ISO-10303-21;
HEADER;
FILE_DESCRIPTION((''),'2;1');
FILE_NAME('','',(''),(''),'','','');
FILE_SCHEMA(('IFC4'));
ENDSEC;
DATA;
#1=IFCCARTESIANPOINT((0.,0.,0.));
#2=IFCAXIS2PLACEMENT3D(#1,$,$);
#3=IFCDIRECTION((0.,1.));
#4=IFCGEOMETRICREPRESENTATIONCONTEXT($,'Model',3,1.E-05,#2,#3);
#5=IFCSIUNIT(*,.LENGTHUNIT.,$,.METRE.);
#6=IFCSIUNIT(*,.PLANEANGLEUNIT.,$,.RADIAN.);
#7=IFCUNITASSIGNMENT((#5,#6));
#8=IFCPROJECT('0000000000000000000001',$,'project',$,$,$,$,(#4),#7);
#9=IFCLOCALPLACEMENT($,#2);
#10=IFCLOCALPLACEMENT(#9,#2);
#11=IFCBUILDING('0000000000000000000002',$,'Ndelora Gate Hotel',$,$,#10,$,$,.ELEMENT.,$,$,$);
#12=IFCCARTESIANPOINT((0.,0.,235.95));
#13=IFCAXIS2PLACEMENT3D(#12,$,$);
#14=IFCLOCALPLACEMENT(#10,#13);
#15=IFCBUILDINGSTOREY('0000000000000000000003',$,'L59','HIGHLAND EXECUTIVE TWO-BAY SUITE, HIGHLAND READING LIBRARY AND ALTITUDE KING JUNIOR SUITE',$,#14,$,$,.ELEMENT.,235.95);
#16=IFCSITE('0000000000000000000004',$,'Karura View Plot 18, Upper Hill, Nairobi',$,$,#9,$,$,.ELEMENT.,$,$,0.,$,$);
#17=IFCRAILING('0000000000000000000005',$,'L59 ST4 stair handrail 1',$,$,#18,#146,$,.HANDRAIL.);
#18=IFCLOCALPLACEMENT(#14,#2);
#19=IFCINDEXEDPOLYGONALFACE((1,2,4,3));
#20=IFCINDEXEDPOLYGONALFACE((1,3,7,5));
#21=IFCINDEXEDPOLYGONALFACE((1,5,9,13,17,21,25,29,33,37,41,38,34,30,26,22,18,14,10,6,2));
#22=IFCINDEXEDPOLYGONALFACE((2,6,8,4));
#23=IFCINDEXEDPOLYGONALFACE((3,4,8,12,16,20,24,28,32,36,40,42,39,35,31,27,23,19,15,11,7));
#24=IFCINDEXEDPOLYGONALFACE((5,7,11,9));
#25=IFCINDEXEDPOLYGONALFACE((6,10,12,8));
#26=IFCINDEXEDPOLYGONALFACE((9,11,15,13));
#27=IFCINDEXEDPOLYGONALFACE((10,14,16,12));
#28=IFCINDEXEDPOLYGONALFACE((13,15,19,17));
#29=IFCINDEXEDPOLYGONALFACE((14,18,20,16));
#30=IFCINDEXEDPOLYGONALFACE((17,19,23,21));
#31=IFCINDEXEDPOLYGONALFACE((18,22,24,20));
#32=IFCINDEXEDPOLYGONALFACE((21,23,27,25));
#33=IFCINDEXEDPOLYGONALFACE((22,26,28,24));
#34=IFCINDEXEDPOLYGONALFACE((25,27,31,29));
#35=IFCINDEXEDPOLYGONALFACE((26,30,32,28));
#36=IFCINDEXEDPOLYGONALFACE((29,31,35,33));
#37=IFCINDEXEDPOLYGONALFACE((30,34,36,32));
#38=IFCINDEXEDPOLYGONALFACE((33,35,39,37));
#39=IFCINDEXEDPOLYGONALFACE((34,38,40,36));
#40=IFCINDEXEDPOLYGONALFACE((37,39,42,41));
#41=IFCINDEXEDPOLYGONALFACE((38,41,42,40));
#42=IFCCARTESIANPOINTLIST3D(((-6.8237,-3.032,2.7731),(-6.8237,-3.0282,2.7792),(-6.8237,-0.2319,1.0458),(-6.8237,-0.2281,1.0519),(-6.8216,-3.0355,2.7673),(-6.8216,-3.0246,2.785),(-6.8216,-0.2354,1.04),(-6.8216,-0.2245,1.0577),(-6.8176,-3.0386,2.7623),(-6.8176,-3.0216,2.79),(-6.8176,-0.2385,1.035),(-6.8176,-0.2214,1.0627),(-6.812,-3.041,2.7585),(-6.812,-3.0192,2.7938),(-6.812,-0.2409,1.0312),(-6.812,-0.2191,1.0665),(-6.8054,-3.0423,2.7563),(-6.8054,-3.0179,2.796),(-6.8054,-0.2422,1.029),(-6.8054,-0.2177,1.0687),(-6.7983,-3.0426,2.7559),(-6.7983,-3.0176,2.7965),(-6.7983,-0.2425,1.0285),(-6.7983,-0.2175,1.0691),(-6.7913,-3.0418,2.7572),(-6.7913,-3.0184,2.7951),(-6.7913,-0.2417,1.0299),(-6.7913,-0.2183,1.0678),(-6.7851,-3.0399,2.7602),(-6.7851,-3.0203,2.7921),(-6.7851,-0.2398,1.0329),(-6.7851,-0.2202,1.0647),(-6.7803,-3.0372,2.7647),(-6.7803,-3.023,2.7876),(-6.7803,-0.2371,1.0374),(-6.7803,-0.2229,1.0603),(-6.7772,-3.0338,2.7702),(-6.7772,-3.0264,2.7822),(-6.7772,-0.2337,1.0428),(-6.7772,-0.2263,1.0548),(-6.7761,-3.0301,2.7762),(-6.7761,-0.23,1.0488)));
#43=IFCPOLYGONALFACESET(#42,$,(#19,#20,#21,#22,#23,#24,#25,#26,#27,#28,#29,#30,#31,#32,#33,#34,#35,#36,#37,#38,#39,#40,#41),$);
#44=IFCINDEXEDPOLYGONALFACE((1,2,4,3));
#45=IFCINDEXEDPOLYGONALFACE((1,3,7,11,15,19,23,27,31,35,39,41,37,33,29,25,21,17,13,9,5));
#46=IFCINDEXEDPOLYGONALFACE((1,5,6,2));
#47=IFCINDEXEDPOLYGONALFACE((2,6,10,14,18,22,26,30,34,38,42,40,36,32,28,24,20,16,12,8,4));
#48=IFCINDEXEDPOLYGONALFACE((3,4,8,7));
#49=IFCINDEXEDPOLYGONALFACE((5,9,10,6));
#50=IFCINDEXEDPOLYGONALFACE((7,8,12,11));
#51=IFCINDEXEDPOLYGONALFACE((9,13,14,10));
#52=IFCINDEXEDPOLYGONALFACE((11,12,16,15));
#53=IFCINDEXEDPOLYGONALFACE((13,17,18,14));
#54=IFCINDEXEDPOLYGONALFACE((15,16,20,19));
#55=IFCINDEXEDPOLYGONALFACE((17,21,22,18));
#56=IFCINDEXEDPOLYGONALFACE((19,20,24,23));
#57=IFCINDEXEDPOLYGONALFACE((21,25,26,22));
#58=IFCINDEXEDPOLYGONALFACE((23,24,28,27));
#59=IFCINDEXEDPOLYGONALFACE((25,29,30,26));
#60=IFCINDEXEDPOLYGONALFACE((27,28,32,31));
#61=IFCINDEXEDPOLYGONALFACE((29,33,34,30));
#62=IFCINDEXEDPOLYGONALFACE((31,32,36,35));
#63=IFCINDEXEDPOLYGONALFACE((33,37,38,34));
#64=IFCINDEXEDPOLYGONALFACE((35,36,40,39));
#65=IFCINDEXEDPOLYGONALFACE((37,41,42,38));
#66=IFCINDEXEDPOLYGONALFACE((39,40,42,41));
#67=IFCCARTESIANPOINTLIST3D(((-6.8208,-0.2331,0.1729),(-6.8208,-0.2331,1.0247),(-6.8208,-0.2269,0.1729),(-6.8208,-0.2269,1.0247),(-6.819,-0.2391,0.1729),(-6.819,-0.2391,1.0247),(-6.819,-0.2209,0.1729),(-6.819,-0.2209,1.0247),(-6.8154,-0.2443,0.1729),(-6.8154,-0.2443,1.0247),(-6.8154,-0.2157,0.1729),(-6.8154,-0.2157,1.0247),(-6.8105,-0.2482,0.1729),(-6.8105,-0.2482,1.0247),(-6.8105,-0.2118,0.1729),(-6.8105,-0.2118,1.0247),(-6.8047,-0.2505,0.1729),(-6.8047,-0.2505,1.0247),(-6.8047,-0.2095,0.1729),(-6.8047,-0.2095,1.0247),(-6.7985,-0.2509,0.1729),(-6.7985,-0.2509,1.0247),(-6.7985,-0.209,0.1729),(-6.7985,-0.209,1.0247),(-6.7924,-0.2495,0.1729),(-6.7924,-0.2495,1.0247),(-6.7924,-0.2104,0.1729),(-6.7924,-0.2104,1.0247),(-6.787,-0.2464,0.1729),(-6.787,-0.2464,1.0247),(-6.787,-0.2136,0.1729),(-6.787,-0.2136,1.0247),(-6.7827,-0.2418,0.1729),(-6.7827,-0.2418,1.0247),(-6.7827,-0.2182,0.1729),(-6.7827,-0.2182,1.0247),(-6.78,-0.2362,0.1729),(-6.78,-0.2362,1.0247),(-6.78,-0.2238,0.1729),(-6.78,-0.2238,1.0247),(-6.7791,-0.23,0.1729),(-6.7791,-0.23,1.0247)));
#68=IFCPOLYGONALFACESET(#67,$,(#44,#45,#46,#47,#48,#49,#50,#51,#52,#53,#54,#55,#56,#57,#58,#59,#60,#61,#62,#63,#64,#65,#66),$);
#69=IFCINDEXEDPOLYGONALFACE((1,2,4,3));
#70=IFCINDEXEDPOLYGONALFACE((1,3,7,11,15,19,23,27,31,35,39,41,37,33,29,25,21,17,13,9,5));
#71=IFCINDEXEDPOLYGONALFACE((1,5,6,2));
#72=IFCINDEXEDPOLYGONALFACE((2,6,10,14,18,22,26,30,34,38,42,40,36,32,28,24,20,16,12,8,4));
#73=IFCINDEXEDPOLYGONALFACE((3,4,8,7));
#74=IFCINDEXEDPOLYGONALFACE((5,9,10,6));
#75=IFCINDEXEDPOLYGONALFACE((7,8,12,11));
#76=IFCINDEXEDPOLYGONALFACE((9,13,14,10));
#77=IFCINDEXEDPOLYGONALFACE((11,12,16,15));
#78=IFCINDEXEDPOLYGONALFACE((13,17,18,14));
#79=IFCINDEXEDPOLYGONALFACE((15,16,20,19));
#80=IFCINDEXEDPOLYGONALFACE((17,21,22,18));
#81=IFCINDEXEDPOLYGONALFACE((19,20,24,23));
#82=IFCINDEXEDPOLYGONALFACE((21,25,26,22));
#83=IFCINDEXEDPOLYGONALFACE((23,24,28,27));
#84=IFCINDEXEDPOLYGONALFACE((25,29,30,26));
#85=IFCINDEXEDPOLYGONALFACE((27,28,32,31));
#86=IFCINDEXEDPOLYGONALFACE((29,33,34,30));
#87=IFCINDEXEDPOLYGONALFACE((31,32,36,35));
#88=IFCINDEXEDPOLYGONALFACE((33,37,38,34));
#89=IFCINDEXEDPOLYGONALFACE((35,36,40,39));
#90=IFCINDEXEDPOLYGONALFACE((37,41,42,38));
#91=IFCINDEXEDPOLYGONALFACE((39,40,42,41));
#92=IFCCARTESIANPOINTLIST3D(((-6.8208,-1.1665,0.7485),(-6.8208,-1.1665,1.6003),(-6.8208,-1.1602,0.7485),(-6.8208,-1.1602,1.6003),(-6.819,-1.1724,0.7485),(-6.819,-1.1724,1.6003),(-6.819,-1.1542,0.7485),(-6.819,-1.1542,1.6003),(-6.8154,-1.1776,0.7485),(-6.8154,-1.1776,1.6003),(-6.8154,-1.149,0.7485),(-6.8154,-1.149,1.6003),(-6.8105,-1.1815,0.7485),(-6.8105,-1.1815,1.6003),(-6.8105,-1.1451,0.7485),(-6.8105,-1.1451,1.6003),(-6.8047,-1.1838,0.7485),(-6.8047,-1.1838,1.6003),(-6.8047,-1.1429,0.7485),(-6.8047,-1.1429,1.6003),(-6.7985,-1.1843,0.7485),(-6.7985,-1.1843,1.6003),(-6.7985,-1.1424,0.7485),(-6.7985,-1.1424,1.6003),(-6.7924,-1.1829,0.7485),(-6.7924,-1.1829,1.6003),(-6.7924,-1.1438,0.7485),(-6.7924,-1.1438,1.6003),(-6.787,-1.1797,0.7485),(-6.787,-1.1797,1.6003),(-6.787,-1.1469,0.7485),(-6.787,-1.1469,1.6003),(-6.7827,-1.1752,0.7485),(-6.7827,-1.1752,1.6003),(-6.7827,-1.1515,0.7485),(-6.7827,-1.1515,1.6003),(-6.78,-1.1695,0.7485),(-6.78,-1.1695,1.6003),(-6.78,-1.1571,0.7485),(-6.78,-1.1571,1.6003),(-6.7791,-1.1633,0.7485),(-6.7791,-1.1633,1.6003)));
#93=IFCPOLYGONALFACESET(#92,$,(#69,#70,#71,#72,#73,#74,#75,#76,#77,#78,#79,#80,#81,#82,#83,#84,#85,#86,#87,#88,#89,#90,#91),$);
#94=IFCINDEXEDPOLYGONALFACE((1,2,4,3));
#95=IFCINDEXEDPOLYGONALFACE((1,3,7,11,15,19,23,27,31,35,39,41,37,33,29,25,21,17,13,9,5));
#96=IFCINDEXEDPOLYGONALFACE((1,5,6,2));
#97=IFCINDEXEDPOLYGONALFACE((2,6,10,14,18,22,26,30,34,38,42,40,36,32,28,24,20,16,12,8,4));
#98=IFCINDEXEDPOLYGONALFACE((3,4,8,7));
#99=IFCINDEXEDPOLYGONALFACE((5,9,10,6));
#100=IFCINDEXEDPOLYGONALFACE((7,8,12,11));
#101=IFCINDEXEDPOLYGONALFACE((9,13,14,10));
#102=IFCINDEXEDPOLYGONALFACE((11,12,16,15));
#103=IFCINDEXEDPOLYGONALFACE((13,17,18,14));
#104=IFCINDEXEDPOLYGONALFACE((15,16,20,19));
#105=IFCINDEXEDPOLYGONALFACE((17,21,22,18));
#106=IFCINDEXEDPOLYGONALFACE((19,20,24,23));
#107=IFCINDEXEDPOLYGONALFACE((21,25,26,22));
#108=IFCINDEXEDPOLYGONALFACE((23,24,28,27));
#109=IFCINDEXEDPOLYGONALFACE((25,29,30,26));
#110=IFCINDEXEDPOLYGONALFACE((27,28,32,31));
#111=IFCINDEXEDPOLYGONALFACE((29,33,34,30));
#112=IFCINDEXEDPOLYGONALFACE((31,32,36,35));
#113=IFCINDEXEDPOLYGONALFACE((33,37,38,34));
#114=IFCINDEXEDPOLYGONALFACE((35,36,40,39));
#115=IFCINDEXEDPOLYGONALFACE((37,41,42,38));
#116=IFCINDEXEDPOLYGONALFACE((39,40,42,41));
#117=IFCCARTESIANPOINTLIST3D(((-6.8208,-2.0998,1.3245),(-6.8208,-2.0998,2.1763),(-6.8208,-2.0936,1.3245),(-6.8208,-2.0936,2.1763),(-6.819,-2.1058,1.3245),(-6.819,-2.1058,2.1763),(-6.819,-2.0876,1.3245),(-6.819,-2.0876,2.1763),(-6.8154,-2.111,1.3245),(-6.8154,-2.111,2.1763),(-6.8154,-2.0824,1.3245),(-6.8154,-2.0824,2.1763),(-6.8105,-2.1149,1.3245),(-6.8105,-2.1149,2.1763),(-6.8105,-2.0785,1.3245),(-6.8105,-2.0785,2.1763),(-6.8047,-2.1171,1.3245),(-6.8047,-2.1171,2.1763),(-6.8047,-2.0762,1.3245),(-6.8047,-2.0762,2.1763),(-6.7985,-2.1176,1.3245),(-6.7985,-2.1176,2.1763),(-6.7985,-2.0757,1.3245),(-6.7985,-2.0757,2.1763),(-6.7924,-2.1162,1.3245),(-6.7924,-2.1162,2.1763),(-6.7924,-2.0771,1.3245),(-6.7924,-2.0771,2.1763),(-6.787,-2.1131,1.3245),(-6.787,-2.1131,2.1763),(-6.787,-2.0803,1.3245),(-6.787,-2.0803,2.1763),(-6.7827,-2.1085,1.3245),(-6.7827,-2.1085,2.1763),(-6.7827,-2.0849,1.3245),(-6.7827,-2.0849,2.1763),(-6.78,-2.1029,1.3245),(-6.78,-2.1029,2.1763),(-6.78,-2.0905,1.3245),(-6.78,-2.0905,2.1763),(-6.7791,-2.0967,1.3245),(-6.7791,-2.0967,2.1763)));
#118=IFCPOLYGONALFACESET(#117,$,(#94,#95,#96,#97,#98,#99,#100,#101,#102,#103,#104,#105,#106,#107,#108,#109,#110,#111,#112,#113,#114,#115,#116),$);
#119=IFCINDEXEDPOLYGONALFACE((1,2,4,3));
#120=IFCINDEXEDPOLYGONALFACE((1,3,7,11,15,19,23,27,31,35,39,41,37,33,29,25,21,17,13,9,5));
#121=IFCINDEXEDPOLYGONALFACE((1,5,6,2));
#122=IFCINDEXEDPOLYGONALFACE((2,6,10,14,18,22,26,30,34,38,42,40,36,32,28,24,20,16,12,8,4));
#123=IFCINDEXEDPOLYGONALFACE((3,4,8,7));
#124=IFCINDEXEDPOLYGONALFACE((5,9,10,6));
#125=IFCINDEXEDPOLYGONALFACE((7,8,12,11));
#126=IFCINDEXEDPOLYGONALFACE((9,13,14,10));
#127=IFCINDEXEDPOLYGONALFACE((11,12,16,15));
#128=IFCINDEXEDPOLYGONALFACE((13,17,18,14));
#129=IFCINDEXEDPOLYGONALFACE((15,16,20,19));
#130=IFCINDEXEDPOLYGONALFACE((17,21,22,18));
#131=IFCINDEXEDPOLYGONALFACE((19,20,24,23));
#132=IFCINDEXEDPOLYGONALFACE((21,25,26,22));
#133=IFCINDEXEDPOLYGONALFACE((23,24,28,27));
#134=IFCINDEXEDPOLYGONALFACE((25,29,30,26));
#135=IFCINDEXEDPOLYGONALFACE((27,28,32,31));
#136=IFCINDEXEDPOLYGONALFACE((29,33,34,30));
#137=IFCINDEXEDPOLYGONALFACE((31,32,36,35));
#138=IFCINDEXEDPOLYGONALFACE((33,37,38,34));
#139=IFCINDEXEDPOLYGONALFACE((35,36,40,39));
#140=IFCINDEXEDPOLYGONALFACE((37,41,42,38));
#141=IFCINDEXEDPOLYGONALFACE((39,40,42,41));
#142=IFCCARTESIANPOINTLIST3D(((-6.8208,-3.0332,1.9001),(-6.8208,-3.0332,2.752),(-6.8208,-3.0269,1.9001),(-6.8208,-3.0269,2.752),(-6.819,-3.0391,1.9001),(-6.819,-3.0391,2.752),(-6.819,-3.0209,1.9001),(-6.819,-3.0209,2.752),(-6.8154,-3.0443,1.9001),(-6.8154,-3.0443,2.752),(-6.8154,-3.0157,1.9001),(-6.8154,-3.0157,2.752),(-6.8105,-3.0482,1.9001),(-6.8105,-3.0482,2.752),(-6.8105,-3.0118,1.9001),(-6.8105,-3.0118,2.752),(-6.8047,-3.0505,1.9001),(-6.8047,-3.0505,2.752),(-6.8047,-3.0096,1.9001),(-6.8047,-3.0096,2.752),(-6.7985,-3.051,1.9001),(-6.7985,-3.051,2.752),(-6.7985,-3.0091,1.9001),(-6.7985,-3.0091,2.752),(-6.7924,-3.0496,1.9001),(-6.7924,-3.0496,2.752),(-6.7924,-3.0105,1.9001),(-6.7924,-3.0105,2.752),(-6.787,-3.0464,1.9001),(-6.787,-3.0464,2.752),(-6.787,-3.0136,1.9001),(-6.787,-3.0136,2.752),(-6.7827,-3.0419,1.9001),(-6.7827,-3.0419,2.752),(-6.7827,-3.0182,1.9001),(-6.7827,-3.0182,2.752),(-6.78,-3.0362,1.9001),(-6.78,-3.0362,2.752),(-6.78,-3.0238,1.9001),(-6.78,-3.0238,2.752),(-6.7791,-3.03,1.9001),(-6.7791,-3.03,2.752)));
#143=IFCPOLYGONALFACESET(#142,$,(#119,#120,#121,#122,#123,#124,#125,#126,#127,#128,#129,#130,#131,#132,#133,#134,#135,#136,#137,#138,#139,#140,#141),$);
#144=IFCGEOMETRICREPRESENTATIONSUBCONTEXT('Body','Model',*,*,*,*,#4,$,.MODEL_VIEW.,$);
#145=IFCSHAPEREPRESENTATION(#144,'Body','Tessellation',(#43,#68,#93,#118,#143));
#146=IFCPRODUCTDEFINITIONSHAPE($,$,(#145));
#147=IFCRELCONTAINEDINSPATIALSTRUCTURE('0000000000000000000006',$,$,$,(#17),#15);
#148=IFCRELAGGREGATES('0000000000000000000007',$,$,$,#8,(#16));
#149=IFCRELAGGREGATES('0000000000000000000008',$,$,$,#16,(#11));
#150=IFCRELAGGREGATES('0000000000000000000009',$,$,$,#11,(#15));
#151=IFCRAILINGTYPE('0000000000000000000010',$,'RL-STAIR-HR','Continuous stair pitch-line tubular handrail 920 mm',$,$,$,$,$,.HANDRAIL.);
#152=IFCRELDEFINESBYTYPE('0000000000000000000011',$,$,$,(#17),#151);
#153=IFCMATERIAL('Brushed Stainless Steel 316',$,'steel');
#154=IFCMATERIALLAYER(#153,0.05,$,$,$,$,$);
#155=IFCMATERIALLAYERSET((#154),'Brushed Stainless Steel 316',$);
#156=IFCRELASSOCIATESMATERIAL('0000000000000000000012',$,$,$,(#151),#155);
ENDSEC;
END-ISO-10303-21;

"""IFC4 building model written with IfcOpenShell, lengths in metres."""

from ifc_helpers import new_model, si_unit, direction, frame, origin, origin_2d, place, context, subcontext, project, spatial, circle, extrude, material, layer, layer_set, type_object, element, save


model = new_model("IFC4")

# Units and contexts
model_context = context("Model", 3, precision=1e-05, world=origin(), true_north=direction((0.0, 1.0)))
body_context = subcontext(model_context, "Body", "Model", "MODEL_VIEW")
ifc_project = project(units=[si_unit("LENGTHUNIT", "METRE"), si_unit("PLANEANGLEUNIT", "RADIAN")], contexts=[model_context])

# Site, building, storey
site_placement = place(None, origin())
site = spatial("IfcSite", under=ifc_project, at=site_placement, Name="Karura View Plot 18, Upper Hill, Nairobi", CompositionType="ELEMENT", RefElevation=0.0)
building_placement = place(site_placement, origin())
building = spatial("IfcBuilding", under=site, at=building_placement, Name="Ndelora Gate Hotel", CompositionType="ELEMENT")
storey_placement = place(building_placement, frame((0.0, 0.0, 235.95)))
storey = spatial("IfcBuildingStorey", under=building, at=storey_placement, Name="L59", Description="HIGHLAND EXECUTIVE TWO-BAY SUITE, HIGHLAND READING LIBRARY AND ALTITUDE KING JUNIOR SUITE", CompositionType="ELEMENT", Elevation=235.95)

# Railing
ifc_material_1 = material(Name="Brushed Stainless Steel 316", Category="steel")
ifc_layer_1 = layer(ifc_material_1, 0.05)
ifc_layer_set_1 = layer_set([ifc_layer_1], Name="Brushed Stainless Steel 316")
railing_type_1 = type_object("IfcRailingType", Name="RL-STAIR-HR", Description="Continuous stair pitch-line tubular handrail 920 mm", PredefinedType="HANDRAIL", material=ifc_layer_set_1)
railing_1_placement = place(storey_placement, frame((-6.8, -0.23, 0.1729)))
element("IfcRailing", 1, at=railing_1_placement, inside=storey, type_object=railing_type_1, Name="L59 ST4 stair handrail 1", PredefinedType="HANDRAIL", context=body_context, shape_type="SweptSolid", body=[
    extrude(circle(Radius=0.0239, at=origin_2d()), frame((0.0, 0.0, 0.876), z_axis=(0.0, -0.85109, 0.52502), x_axis=(1.0, 0.0, 0.0)), (0.0, 0.0, 1.0), 3.29),
    extrude(circle(Radius=0.021, at=origin_2d()), origin(), (0.0, 0.0, 1.0), 0.8518),
    extrude(circle(Radius=0.021, at=origin_2d()), frame((0.0, -0.9333, 0.5757)), (0.0, 0.0, 1.0), 0.8518),
    extrude(circle(Radius=0.021, at=origin_2d()), frame((0.0, -1.8667, 1.1516)), (0.0, 0.0, 1.0), 0.8518),
    extrude(circle(Radius=0.021, at=origin_2d()), frame((0.0, -2.8, 1.7273)), (0.0, 0.0, 1.0), 0.8518),
])

save(model, "model.ifc")
